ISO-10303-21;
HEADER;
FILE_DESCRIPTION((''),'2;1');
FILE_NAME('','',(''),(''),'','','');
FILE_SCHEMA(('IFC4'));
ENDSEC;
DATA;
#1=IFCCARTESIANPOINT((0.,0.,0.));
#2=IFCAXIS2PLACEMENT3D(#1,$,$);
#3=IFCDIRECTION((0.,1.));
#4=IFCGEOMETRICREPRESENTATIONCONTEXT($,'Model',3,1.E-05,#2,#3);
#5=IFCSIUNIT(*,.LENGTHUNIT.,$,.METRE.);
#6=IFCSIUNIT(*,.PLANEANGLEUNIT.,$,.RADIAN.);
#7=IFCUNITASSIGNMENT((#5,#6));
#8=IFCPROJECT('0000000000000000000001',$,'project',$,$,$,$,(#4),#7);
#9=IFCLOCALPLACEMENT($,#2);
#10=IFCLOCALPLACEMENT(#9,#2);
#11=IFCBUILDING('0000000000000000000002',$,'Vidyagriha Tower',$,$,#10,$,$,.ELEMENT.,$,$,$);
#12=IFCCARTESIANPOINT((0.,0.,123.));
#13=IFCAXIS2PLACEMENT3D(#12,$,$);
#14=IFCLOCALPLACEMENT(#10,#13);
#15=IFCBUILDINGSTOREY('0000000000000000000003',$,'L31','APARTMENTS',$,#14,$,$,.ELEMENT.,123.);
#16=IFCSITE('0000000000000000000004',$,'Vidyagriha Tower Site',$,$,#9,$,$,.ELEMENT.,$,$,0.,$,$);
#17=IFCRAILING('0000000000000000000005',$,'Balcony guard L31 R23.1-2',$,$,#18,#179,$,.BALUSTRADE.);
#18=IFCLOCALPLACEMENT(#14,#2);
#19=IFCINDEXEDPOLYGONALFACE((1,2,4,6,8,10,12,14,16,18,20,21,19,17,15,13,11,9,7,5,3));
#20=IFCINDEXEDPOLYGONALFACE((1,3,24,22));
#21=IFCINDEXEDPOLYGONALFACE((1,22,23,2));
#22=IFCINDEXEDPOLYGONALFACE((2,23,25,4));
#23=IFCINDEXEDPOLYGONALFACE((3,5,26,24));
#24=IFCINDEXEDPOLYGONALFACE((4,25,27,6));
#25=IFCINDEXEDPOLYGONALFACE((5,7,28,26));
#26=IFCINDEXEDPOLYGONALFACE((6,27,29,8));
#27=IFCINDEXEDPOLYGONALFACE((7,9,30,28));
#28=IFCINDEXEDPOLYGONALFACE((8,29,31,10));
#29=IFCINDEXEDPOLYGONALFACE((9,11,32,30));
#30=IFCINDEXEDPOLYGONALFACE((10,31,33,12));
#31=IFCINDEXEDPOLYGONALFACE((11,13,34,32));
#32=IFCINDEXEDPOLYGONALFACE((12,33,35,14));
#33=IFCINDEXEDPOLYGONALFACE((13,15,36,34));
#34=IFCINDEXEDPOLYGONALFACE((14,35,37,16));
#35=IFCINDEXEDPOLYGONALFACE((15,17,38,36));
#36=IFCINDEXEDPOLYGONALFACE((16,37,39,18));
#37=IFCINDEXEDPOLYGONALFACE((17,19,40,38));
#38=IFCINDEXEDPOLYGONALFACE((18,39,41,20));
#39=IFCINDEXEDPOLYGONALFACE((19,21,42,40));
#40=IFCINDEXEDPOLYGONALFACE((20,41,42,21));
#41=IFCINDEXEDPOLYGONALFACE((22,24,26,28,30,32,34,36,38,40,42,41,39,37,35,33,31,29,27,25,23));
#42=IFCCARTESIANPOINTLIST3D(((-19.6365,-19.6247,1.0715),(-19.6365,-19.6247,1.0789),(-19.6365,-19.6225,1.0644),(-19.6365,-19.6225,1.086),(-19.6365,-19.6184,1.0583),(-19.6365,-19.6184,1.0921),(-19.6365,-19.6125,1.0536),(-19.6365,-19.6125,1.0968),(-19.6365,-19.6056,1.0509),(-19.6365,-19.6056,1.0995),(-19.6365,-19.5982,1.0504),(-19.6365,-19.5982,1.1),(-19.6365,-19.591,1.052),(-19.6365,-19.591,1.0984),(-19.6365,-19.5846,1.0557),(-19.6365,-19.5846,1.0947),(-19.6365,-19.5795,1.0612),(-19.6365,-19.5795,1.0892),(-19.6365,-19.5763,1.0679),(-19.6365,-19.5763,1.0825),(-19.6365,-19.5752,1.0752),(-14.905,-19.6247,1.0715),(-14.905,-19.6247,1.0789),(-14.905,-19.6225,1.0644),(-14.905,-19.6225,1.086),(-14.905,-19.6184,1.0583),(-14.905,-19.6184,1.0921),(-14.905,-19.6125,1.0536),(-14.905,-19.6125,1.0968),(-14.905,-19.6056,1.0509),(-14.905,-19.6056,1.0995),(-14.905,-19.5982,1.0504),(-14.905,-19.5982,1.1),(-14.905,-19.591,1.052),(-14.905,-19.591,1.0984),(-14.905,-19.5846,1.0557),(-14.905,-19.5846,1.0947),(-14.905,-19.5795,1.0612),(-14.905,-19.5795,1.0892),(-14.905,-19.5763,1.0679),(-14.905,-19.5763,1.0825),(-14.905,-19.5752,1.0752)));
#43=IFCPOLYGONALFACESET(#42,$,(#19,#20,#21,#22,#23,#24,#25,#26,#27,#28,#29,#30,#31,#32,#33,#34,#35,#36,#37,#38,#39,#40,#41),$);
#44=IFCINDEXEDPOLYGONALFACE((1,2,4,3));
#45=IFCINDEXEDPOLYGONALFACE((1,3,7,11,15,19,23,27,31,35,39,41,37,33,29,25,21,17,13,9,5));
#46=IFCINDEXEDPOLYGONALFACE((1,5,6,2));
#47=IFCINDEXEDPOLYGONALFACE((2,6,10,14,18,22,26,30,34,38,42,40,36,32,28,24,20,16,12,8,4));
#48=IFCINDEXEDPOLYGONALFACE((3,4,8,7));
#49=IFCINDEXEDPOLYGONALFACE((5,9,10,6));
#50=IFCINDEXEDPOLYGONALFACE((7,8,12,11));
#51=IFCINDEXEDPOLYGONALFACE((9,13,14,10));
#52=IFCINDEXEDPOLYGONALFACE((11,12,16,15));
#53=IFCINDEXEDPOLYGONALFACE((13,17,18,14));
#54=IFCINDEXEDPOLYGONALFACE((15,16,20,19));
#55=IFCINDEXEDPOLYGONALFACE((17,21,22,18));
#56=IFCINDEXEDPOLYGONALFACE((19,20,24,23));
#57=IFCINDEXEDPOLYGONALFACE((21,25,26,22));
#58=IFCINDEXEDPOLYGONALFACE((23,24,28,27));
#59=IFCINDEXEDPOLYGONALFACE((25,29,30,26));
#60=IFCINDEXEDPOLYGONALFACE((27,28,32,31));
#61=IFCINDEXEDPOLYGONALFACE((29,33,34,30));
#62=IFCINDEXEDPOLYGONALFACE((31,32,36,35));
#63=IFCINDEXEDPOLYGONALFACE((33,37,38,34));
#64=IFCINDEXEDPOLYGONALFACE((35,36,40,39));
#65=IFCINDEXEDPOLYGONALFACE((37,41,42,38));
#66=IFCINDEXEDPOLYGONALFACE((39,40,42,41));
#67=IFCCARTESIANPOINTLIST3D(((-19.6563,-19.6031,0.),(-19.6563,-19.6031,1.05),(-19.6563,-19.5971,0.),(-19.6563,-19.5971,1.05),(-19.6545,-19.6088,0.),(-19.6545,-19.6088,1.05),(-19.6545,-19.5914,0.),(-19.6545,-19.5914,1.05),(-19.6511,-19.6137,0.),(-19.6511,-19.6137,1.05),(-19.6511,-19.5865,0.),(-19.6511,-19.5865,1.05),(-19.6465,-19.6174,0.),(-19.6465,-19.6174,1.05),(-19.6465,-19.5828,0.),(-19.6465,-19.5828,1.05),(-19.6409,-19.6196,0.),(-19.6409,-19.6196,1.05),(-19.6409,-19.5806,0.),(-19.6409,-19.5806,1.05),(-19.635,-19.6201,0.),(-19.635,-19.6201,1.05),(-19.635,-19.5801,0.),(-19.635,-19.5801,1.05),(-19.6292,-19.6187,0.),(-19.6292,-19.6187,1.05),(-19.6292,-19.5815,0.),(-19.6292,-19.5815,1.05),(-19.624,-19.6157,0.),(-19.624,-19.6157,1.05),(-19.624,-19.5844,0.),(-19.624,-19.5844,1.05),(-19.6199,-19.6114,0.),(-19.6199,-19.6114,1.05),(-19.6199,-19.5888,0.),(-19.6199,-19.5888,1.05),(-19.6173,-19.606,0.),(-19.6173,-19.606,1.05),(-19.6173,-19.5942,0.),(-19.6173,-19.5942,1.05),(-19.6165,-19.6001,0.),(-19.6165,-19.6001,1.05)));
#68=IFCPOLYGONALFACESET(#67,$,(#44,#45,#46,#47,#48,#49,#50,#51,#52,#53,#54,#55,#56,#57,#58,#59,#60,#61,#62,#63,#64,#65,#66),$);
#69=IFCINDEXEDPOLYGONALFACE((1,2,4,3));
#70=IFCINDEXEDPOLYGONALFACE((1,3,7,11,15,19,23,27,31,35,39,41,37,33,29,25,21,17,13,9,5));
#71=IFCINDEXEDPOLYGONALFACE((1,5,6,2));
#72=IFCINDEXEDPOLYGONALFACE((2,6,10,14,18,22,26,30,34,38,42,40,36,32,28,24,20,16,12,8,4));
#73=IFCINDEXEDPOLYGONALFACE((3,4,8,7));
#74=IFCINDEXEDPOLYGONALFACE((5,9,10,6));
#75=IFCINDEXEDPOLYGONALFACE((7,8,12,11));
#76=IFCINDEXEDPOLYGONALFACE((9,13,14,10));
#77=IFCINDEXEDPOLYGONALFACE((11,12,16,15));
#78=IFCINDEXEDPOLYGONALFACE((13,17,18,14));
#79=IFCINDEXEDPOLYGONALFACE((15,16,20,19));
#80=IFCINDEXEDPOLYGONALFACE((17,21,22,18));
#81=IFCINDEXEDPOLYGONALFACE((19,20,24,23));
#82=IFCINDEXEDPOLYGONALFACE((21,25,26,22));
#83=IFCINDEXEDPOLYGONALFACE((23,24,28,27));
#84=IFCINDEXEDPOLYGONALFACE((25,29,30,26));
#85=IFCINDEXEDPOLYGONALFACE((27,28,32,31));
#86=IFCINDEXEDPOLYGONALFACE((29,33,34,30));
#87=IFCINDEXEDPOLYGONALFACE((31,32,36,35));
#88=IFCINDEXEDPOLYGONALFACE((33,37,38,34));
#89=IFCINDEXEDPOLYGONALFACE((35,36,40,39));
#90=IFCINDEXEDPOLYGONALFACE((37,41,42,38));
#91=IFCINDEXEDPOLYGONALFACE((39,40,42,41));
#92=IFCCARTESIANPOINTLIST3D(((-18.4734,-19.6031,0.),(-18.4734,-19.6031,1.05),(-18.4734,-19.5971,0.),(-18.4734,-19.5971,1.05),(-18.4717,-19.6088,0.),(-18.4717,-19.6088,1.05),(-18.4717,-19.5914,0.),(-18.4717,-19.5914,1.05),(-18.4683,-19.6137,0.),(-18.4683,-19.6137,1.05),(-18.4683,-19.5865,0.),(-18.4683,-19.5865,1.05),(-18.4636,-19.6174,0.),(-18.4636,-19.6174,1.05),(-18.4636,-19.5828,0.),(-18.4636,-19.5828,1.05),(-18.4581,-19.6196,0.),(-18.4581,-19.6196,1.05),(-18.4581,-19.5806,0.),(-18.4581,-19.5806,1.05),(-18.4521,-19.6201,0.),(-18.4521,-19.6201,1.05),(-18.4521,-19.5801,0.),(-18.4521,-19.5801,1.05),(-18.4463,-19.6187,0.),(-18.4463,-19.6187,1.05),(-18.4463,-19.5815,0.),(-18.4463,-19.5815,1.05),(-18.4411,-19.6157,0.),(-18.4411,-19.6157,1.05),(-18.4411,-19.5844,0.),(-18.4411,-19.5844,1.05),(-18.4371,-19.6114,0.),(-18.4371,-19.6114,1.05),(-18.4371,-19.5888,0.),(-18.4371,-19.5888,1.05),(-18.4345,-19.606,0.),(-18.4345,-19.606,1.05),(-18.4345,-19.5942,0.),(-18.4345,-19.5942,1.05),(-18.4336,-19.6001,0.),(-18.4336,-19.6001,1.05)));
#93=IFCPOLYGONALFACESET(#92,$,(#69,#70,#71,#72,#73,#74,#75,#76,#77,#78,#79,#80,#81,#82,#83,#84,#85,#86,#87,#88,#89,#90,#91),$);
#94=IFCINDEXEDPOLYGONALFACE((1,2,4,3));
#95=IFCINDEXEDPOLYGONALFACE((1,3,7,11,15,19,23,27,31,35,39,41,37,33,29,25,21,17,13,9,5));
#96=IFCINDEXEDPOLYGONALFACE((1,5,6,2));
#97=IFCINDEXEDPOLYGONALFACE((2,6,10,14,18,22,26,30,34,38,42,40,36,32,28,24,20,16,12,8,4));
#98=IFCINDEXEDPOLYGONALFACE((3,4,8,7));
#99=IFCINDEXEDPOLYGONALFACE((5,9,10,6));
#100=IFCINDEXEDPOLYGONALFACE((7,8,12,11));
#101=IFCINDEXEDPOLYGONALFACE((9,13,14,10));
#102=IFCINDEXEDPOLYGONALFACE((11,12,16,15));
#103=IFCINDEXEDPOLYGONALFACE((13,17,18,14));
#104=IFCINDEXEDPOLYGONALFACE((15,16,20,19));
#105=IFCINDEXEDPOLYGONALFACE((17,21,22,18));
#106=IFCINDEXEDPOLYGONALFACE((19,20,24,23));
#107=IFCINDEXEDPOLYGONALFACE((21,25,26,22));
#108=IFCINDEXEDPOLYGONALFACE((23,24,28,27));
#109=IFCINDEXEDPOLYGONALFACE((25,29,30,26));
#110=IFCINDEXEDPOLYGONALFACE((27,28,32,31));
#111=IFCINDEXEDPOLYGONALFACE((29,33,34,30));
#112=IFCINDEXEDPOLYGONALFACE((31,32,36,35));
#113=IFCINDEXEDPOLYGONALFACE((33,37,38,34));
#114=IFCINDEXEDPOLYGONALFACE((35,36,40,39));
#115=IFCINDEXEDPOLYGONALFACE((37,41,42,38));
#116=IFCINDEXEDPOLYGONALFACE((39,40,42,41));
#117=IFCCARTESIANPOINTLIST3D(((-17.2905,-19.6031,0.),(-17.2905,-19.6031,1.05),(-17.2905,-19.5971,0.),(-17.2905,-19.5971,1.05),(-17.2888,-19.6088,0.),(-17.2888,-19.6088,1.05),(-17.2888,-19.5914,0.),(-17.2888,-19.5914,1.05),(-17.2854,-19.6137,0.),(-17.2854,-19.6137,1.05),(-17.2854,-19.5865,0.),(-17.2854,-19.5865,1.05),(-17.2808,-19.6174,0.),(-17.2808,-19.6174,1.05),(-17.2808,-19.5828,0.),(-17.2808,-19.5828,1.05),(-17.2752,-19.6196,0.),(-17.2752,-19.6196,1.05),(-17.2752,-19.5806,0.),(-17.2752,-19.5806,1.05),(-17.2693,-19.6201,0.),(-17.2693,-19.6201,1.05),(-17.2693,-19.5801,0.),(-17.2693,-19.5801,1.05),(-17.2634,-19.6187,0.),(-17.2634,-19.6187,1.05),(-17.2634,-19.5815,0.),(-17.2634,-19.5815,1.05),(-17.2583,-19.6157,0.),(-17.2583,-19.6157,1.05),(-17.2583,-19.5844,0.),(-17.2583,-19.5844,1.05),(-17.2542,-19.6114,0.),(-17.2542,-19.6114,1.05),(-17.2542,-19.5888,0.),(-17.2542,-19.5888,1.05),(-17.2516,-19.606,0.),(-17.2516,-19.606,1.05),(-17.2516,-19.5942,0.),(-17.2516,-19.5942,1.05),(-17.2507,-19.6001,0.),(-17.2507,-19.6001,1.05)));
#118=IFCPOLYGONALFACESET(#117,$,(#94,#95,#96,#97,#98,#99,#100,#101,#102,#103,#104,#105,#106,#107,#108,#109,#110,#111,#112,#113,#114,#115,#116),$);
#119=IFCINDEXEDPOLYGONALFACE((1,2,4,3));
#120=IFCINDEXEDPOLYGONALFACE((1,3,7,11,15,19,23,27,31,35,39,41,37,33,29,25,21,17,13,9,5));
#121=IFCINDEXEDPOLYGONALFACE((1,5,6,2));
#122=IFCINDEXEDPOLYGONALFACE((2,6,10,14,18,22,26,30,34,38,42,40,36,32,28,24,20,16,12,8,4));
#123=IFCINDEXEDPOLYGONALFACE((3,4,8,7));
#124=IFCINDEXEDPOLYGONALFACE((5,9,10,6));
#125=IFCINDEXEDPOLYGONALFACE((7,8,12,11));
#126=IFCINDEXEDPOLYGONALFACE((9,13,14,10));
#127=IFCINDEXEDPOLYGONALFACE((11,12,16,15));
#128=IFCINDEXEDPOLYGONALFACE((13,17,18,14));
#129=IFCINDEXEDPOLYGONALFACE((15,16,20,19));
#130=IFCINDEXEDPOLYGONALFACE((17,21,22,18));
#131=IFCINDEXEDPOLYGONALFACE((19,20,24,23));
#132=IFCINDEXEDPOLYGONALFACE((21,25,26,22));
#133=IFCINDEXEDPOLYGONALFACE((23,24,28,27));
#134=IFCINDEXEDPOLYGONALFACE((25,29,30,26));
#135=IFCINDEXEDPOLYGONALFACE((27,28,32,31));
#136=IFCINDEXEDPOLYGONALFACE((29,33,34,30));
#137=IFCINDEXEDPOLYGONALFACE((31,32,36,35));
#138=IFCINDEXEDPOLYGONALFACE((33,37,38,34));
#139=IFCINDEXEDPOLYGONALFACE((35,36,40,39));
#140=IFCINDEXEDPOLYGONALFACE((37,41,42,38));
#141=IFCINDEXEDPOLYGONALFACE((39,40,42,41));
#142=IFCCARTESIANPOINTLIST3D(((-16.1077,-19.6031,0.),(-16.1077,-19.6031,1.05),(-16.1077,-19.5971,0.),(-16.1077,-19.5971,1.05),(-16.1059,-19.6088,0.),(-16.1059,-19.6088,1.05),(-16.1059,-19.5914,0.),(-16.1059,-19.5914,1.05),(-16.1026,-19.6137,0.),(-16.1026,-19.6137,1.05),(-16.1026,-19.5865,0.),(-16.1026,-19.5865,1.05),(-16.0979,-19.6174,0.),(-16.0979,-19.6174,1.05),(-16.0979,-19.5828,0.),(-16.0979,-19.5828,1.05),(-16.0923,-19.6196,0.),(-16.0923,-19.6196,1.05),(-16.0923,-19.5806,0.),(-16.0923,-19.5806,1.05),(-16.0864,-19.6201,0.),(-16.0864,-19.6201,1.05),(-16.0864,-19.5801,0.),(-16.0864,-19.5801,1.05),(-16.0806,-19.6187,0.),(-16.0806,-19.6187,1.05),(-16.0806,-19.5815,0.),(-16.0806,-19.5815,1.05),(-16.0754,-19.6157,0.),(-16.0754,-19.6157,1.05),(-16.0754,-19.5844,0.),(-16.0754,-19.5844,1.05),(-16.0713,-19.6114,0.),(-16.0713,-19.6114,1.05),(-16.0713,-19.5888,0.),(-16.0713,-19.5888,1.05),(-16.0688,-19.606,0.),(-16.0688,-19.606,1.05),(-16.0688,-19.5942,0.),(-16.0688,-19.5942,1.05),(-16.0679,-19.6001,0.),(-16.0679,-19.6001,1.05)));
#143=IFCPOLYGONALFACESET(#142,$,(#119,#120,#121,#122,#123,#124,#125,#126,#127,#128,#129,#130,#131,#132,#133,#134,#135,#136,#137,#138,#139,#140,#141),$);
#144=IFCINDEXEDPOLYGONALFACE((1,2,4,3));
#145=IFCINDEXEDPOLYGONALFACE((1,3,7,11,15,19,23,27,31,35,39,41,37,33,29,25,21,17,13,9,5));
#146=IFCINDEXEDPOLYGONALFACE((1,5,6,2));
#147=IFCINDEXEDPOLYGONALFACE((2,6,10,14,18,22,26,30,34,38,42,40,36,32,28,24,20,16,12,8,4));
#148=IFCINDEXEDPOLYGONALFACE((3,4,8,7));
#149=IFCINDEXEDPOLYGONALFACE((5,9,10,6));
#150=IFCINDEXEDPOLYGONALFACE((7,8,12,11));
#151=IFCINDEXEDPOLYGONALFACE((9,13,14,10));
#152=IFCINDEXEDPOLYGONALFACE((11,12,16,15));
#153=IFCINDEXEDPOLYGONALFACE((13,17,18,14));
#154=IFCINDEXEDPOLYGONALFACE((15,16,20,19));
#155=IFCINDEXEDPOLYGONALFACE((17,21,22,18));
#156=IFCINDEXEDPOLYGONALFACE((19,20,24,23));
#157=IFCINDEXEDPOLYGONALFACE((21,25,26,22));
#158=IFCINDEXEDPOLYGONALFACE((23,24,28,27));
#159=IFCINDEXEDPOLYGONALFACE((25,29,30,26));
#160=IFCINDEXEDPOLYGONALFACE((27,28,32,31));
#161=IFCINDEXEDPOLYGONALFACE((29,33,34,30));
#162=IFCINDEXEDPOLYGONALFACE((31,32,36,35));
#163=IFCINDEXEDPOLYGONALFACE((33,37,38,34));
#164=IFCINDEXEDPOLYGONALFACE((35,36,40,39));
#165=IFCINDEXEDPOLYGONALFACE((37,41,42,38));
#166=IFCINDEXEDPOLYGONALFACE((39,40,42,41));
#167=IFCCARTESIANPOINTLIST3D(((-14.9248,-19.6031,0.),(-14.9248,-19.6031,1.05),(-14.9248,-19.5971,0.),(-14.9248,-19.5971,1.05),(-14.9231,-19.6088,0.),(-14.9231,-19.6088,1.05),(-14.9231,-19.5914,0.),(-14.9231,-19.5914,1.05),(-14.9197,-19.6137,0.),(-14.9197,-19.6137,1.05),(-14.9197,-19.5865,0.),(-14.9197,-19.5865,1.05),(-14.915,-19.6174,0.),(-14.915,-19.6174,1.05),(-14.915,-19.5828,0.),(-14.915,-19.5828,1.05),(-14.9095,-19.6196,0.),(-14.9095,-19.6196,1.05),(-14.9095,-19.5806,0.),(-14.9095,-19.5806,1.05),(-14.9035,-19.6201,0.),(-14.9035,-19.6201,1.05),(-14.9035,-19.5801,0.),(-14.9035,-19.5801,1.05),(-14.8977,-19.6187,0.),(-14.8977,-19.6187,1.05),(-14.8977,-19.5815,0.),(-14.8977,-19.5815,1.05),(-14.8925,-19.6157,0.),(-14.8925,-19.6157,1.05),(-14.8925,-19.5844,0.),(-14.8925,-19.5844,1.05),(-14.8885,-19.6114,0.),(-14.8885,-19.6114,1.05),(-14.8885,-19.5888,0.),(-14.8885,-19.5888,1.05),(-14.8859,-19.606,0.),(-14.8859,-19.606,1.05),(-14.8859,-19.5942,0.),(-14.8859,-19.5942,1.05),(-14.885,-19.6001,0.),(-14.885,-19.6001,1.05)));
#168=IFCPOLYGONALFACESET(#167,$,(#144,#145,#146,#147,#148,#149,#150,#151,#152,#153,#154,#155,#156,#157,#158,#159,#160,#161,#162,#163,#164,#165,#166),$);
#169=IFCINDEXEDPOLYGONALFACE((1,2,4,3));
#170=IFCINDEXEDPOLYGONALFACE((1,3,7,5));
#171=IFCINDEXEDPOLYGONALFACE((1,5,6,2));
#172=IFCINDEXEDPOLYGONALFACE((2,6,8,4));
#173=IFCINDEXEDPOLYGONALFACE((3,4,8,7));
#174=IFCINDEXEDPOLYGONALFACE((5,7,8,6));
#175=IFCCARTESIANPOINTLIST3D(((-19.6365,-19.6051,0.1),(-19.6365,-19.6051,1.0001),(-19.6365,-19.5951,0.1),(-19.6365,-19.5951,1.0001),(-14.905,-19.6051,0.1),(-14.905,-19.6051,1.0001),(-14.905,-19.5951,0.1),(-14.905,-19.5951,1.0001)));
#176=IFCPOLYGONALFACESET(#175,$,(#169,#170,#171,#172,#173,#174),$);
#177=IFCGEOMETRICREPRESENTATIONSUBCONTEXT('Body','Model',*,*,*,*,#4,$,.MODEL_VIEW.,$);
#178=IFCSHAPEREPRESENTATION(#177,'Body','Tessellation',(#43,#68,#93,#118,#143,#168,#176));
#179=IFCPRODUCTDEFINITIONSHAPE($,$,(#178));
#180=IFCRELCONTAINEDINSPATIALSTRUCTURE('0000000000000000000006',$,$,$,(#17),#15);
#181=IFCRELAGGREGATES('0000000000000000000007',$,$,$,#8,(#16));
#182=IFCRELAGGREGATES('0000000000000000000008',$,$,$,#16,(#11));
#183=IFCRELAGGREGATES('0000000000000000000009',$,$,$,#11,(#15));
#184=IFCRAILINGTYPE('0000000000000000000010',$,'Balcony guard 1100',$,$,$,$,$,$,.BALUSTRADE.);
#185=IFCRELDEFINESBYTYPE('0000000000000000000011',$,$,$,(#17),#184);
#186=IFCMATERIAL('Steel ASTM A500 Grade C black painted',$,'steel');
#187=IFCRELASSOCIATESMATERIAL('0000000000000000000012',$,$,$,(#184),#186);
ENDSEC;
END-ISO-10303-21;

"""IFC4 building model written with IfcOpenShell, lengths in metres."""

from ifc_helpers import new_model, si_unit, direction, frame, origin, origin_2d, place, context, subcontext, project, spatial, rectangle, circle, extrude, material, type_object, element, save


model = new_model("IFC4")

# Units and contexts
model_context = context("Model", 3, precision=1e-05, world=origin(), true_north=direction((0.0, 1.0)))
body_context = subcontext(model_context, "Body", "Model", "MODEL_VIEW")
ifc_project = project(units=[si_unit("LENGTHUNIT", "METRE"), si_unit("PLANEANGLEUNIT", "RADIAN")], contexts=[model_context])

# Site, building, storey
site_placement = place(None, origin())
site = spatial("IfcSite", under=ifc_project, at=site_placement, Name="Vidyagriha Tower Site", CompositionType="ELEMENT", RefElevation=0.0)
building_placement = place(site_placement, origin())
building = spatial("IfcBuilding", under=site, at=building_placement, Name="Vidyagriha Tower", CompositionType="ELEMENT")
storey_placement = place(building_placement, frame((0.0, 0.0, 123.0)))
storey = spatial("IfcBuildingStorey", under=building, at=storey_placement, Name="L31", Description="APARTMENTS", CompositionType="ELEMENT", Elevation=123.0)

# Railing
ifc_material_1 = material(Name="Steel ASTM A500 Grade C black painted", Category="steel")
railing_type = type_object("IfcRailingType", Name="Balcony guard 1100", PredefinedType="BALUSTRADE", material=ifc_material_1)
railing_1_placement = place(storey_placement, frame((-19.6365, -19.6001, 0.0)))
element("IfcRailing", 1, at=railing_1_placement, inside=storey, type_object=railing_type, Name="Balcony guard L31 R23.1-2", PredefinedType="BALUSTRADE", context=body_context, shape_type="SweptSolid", body=[
    extrude(circle(Radius=0.0249, at=origin_2d()), frame((0.0, 0.0, 1.0752), z_axis=(1.0, 0.0, 0.0), x_axis=(0.0, 1.0, 0.0)), (0.0, 0.0, 1.0), 4.7314),
    extrude(circle(Radius=0.02, at=origin_2d()), origin(), (0.0, 0.0, 1.0), 1.05),
    extrude(circle(Radius=0.02, at=origin_2d()), frame((1.1829, 0.0, 0.0)), (0.0, 0.0, 1.0), 1.05),
    extrude(circle(Radius=0.02, at=origin_2d()), frame((2.3657, 0.0, 0.0)), (0.0, 0.0, 1.0), 1.05),
    extrude(circle(Radius=0.02, at=origin_2d()), frame((3.5486, 0.0, 0.0)), (0.0, 0.0, 1.0), 1.05),
    extrude(circle(Radius=0.02, at=origin_2d()), frame((4.7314, 0.0, 0.0)), (0.0, 0.0, 1.0), 1.05),
    extrude(rectangle(XDim=0.01, YDim=0.9001, at=origin_2d()), frame((0.0, 0.0, 0.55), z_axis=(1.0, 0.0, 0.0), x_axis=(0.0, 1.0, 0.0)), (0.0, 0.0, 1.0), 4.7314),
])

save(model, "model.ifc")
